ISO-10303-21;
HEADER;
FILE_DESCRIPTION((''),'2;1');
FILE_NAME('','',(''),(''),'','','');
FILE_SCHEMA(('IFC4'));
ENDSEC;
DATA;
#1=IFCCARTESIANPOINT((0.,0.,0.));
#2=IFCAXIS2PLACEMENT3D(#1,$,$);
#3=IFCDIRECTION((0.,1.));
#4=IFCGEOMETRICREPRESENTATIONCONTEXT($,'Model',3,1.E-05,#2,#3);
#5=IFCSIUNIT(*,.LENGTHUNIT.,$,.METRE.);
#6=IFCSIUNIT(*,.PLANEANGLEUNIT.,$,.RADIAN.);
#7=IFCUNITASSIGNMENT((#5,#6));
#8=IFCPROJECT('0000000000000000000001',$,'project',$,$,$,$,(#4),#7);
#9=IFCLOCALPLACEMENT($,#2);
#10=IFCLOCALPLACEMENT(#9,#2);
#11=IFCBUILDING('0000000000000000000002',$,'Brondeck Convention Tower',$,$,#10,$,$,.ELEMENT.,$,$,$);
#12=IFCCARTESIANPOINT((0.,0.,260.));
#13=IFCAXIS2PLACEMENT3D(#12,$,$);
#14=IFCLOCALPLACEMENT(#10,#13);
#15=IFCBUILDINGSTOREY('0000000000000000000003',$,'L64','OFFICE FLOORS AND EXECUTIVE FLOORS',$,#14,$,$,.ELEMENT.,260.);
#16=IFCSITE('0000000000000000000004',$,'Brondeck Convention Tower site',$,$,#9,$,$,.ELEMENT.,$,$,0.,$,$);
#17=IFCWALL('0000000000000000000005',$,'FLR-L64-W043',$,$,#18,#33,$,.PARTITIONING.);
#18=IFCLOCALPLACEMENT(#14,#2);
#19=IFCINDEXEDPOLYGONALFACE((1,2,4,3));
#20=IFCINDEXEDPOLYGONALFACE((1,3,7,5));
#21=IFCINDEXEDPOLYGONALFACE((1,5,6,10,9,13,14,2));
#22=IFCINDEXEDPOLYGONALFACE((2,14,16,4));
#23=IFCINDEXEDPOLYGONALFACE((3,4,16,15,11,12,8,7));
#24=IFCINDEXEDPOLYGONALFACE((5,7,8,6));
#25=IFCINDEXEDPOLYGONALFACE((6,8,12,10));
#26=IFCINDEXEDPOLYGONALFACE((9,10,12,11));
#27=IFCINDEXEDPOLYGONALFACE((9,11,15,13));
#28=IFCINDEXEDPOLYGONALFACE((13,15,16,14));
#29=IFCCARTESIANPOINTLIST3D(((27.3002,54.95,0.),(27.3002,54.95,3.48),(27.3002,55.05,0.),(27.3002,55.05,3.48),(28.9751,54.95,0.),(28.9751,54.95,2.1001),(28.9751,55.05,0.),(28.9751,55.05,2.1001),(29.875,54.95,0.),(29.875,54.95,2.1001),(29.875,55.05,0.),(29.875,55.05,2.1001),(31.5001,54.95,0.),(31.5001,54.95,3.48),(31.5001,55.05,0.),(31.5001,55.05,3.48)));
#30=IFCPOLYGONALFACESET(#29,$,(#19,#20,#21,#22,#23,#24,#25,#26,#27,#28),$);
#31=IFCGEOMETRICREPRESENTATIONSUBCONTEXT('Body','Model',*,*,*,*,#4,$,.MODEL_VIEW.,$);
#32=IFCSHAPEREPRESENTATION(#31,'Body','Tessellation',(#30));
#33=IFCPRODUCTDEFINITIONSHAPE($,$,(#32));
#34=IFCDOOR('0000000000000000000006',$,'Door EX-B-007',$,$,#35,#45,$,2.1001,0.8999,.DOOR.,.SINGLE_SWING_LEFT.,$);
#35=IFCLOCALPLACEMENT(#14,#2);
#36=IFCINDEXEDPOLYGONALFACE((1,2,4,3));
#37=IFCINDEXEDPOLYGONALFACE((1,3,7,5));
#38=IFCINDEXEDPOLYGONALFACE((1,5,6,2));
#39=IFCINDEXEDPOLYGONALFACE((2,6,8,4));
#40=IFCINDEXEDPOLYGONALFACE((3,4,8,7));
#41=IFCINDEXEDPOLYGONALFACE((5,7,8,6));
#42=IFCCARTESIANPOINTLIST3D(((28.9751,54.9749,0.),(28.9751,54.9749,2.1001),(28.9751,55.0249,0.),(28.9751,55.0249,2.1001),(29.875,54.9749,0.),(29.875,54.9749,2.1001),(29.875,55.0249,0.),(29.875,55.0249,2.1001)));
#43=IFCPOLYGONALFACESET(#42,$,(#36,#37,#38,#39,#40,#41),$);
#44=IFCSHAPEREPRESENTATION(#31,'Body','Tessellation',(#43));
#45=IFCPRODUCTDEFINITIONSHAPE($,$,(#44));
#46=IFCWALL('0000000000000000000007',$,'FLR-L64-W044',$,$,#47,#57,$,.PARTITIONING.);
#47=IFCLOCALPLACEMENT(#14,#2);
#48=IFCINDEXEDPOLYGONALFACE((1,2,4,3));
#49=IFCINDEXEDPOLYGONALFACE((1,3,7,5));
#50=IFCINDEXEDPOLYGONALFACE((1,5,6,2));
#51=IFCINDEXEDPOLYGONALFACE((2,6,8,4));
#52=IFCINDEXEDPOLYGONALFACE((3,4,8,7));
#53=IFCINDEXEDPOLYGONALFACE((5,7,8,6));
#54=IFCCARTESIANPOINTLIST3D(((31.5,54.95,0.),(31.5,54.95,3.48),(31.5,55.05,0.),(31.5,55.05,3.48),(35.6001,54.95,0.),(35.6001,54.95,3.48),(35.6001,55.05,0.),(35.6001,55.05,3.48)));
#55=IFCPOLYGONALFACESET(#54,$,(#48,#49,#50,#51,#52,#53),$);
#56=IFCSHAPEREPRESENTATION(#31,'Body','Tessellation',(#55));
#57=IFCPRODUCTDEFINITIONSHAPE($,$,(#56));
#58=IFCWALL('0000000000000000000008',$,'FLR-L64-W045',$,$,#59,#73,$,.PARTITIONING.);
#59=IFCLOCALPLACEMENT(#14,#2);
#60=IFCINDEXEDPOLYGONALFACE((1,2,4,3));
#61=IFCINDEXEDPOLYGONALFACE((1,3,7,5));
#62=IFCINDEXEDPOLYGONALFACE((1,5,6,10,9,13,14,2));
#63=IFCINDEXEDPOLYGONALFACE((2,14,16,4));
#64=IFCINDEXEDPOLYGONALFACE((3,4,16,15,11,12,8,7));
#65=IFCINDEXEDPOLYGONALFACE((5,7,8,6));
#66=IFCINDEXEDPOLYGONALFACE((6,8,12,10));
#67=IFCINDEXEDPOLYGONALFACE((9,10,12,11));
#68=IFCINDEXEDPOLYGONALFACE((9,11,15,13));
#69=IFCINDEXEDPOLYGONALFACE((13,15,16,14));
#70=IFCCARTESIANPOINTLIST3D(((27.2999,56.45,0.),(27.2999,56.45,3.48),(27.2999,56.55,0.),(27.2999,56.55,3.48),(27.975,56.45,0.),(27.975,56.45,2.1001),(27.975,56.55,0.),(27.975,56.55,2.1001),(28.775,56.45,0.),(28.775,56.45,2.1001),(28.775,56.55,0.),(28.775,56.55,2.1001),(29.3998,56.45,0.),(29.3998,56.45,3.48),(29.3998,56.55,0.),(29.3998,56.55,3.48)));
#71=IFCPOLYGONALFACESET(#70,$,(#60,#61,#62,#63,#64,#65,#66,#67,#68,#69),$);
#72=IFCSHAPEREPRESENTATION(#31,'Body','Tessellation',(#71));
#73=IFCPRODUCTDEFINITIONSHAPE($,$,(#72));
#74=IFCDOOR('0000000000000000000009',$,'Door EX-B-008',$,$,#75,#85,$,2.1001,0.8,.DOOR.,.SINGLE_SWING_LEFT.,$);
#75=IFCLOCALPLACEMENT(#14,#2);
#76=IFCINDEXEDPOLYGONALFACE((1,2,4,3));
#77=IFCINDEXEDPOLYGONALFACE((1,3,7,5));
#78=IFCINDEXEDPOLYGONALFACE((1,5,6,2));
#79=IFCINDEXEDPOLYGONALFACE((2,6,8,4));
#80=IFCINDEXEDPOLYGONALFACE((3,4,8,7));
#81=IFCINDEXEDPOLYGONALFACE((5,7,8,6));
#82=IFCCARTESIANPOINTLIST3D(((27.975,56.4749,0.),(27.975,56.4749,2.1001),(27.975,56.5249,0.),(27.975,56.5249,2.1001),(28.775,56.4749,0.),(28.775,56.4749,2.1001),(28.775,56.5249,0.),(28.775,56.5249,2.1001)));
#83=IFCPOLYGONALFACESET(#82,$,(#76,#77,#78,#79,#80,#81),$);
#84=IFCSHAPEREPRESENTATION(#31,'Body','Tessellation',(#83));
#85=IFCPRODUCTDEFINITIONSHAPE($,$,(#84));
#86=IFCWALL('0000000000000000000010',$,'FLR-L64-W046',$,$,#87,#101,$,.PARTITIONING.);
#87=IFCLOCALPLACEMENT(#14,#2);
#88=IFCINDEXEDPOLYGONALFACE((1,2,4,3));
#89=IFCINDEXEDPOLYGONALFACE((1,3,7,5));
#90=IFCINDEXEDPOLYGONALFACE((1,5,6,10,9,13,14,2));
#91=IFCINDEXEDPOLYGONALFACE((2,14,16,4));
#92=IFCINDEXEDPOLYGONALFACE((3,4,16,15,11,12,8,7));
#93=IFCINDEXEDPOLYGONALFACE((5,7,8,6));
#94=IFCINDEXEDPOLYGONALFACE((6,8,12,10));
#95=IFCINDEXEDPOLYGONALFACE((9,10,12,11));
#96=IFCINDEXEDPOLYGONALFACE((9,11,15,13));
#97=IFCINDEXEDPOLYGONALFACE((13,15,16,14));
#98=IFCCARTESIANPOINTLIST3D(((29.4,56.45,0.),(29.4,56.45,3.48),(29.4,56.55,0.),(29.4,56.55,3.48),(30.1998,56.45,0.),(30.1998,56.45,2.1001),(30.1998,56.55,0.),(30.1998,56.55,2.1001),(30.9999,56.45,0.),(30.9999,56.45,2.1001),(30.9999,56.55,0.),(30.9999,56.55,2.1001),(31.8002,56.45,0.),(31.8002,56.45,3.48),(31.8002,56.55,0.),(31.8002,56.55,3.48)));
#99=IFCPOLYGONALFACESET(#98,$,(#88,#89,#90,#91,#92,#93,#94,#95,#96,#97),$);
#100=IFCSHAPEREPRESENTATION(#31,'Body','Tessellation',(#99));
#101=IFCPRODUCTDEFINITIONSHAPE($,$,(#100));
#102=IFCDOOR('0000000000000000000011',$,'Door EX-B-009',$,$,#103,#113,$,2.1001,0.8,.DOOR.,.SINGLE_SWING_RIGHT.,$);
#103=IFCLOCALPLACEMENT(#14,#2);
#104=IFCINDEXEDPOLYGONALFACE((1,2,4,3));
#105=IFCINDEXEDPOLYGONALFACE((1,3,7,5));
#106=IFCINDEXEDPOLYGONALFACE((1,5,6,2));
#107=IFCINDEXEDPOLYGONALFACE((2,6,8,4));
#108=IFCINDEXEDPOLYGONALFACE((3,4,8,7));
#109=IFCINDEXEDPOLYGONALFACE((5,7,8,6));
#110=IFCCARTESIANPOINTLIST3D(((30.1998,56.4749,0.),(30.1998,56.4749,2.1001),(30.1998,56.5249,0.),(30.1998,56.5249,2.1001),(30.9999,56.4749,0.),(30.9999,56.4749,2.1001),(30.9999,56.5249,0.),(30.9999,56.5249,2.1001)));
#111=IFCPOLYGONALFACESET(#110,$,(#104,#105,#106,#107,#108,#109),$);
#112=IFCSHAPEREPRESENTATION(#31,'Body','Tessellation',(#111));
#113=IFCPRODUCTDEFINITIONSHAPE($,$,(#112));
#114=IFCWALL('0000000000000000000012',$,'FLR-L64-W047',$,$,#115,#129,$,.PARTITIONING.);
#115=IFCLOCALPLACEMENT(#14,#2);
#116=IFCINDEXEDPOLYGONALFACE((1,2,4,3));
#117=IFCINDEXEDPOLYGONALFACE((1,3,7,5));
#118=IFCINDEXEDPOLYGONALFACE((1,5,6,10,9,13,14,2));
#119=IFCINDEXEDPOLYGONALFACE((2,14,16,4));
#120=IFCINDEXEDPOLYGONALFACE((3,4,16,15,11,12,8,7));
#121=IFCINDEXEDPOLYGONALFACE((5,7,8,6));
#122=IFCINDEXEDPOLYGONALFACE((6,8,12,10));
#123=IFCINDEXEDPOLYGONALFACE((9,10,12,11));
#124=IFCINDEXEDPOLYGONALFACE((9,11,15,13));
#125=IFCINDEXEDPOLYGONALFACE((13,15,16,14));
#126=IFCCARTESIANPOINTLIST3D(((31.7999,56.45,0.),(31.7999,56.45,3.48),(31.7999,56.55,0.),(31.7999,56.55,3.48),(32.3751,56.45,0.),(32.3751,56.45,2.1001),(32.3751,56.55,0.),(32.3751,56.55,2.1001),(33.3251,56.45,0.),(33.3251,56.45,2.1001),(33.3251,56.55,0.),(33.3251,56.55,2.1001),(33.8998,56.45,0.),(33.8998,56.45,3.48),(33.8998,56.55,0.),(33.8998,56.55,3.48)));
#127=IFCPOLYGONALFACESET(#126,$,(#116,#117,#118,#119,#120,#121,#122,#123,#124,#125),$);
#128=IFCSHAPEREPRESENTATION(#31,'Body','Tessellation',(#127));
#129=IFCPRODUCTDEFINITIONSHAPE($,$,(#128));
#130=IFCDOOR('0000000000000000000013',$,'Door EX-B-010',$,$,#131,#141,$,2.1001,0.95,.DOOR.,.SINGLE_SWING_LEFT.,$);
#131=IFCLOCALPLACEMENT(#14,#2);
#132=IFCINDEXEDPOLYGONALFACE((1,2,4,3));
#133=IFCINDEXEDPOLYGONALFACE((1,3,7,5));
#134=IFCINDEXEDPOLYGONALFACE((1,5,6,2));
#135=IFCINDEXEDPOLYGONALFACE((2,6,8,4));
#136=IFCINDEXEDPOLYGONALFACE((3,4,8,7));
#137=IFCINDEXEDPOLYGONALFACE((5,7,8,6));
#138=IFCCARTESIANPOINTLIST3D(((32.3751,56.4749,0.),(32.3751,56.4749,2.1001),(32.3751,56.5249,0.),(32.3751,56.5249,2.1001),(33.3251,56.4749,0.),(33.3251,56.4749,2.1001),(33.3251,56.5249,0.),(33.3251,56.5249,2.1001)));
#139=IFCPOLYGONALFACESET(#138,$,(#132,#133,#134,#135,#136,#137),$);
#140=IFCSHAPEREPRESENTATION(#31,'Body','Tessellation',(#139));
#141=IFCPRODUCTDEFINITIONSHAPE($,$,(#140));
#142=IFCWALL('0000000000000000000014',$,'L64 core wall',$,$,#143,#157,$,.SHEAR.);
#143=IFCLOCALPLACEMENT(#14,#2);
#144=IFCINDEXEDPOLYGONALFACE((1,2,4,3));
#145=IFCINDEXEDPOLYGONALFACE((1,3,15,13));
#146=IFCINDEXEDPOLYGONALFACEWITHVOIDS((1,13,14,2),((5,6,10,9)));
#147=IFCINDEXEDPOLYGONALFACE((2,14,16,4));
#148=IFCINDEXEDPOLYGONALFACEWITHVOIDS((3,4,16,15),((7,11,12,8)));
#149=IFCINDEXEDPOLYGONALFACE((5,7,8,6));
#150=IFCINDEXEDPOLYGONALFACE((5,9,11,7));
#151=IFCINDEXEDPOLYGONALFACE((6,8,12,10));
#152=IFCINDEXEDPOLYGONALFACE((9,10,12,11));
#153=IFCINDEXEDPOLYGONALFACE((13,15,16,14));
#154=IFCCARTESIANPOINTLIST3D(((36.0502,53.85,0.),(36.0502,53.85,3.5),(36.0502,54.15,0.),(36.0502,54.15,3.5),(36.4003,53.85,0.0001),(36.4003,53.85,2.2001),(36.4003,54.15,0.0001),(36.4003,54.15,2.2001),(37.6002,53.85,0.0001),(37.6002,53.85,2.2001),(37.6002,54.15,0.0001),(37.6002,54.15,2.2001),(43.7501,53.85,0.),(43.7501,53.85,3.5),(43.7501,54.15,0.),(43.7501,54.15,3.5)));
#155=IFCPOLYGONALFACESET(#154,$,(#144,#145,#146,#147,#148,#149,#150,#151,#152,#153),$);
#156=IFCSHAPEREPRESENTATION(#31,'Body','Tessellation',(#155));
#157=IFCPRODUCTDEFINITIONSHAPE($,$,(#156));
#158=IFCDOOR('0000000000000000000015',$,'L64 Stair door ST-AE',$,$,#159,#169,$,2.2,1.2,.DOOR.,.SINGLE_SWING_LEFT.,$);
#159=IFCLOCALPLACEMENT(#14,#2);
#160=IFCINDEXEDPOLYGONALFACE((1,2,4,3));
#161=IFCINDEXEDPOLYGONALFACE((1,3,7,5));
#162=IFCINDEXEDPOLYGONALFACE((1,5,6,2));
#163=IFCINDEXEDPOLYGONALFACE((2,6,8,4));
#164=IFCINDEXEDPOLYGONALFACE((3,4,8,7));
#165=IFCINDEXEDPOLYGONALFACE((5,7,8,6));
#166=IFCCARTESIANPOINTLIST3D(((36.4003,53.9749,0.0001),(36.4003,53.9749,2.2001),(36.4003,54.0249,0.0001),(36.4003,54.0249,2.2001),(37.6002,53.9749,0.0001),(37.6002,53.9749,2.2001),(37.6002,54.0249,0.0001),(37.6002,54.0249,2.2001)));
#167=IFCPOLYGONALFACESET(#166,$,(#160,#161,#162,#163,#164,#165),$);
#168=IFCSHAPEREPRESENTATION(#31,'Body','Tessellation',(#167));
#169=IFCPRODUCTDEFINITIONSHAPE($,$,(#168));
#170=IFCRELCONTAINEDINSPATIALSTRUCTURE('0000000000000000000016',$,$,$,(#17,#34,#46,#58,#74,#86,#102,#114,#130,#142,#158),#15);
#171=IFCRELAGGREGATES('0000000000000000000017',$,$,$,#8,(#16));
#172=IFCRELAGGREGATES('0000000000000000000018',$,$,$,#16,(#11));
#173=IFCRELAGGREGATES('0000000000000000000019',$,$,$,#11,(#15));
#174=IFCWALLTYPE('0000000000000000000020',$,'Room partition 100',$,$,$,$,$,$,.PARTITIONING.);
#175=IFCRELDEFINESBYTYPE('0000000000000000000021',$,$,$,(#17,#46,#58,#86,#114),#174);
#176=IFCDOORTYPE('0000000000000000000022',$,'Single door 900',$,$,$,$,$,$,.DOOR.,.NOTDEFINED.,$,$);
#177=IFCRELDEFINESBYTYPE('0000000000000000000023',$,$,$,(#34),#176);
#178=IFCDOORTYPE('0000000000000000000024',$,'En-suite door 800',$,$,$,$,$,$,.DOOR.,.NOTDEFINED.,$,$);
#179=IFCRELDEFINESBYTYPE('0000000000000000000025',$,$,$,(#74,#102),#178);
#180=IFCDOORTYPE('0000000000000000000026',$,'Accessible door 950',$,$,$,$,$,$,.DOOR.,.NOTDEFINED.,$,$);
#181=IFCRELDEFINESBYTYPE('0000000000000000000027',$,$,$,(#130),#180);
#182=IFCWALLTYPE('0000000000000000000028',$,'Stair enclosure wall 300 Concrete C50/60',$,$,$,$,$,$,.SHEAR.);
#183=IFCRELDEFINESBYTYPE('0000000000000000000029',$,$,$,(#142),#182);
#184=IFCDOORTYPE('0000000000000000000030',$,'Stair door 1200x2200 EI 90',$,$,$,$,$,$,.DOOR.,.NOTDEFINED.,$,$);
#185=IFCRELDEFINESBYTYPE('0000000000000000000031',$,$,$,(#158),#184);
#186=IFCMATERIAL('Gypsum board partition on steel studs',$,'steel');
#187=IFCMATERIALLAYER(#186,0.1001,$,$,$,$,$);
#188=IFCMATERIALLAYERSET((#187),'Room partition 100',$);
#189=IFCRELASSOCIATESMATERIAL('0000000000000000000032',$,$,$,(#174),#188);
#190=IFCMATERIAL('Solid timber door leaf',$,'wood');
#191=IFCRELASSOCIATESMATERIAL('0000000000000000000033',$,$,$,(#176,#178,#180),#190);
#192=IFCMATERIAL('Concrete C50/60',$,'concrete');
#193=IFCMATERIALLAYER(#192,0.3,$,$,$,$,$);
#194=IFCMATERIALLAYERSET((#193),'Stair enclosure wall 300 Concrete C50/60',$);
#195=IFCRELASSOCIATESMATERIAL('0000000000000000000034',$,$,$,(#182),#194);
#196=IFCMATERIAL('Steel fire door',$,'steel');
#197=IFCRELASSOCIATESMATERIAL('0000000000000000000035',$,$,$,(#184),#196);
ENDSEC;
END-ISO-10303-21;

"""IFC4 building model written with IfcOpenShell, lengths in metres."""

from ifc_helpers import new_model, si_unit, direction, frame, frame_2d, origin, place, context, subcontext, project, spatial, rectangle, extrude, material, layer, layer_set, type_object, element, fill, save


model = new_model("IFC4")

# Units and contexts
model_context = context("Model", 3, precision=1e-05, world=origin(), true_north=direction((0.0, 1.0)))
body_context = subcontext(model_context, "Body", "Model", "MODEL_VIEW")
ifc_project = project(units=[si_unit("LENGTHUNIT", "METRE"), si_unit("PLANEANGLEUNIT", "RADIAN")], contexts=[model_context])

# Site, building, storey
site_placement = place(None, origin())
site = spatial("IfcSite", under=ifc_project, at=site_placement, Name="Brondeck Convention Tower site", CompositionType="ELEMENT", RefElevation=0.0)
building_placement = place(site_placement, origin())
building = spatial("IfcBuilding", under=site, at=building_placement, Name="Brondeck Convention Tower", CompositionType="ELEMENT")
storey_placement = place(building_placement, frame((0.0, 0.0, 260.0)))
storey = spatial("IfcBuildingStorey", under=building, at=storey_placement, Name="L64", Description="OFFICE FLOORS AND EXECUTIVE FLOORS", CompositionType="ELEMENT", Elevation=260.0)

# Shared definitions
ifc_material_1 = material(Name="Concrete C50/60", Category="concrete")

# Shared definitions
ifc_material_2 = material(Name="Gypsum board partition on steel studs", Category="steel")
ifc_layer_1 = layer(ifc_material_2, 0.1001)
ifc_layer_set_1 = layer_set([ifc_layer_1], Name="Room partition 100")
wall_type_1 = type_object("IfcWallType", Name="Room partition 100", PredefinedType="PARTITIONING", material=ifc_layer_set_1)

# Wall, opening, door
ifc_material_3 = material(Name="Solid timber door leaf", Category="wood")
door_type_1 = type_object("IfcDoorType", Name="Single door 900", OperationType="NOTDEFINED", PredefinedType="DOOR", material=ifc_material_3)
wall_1_placement = place(storey_placement, frame((27.3, 55.0, 0.0), z_axis=(0.0, 0.0, 1.0), x_axis=(1.0, 0.0, 0.0)))
wall_1 = element("IfcWall", 1, at=wall_1_placement, inside=storey, type_object=wall_type_1, Name="FLR-L64-W043", PredefinedType="PARTITIONING", context=body_context, shape_type="SweptSolid", body=[
    extrude(rectangle(XDim=4.2, YDim=0.1001, at=frame_2d((2.1001, 0.0))), origin(), (0.0, 0.0, 1.0), 3.48),
])
opening_1_placement = place(wall_1_placement, frame((1.675, 0.0, 0.0)))
opening_1 = element("IfcOpeningElement", 2, at=opening_1_placement, cuts=wall_1, PredefinedType="OPENING", context=body_context, shape_type="SweptSolid", body=[
    extrude(rectangle(XDim=0.8999, YDim=2.1001, at=frame_2d((0.45, 1.05))), frame((0.0, 0.0601, 0.0), z_axis=(0.0, -1.0, 0.0), x_axis=(1.0, 0.0, 0.0)), (0.0, 0.0, 1.0), 0.1201),
])
door_1_placement = place(opening_1_placement, origin())
door_1 = element("IfcDoor", 3, at=door_1_placement, inside=storey, type_object=door_type_1, Name="Door EX-B-007", OperationType="SINGLE_SWING_LEFT", OverallHeight=2.1001, OverallWidth=0.8999, PredefinedType="DOOR", context=body_context, shape_type="SweptSolid", body=[
    extrude(rectangle(XDim=0.8999, YDim=2.1001, at=frame_2d((0.45, 1.05))), frame((0.0, 0.0249, 0.0), z_axis=(0.0, -1.0, 0.0), x_axis=(1.0, 0.0, 0.0)), (0.0, 0.0, 1.0), 0.05),
])
fill(opening_1, door_1)

# Wall
wall_2_placement = place(storey_placement, frame((35.6001, 55.0, 0.0), z_axis=(0.0, 0.0, 1.0), x_axis=(-1.0, 0.0, 0.0)))
element("IfcWall", 4, at=wall_2_placement, inside=storey, type_object=wall_type_1, Name="FLR-L64-W044", PredefinedType="PARTITIONING", context=body_context, shape_type="SweptSolid", body=[
    extrude(rectangle(XDim=4.1001, YDim=0.1001, at=frame_2d((2.05, 0.0))), origin(), (0.0, 0.0, 1.0), 3.48),
])

# Walls, openings, doors
wall_3_placement = place(storey_placement, frame((27.3, 56.5, 0.0), z_axis=(0.0, 0.0, 1.0), x_axis=(1.0, 0.0, 0.0)))
wall_3 = element("IfcWall", 5, at=wall_3_placement, inside=storey, type_object=wall_type_1, Name="FLR-L64-W045", PredefinedType="PARTITIONING", context=body_context, shape_type="SweptSolid", body=[
    extrude(rectangle(XDim=2.0999, YDim=0.1001, at=frame_2d((1.0498, 0.0))), origin(), (0.0, 0.0, 1.0), 3.48),
])
opening_2_placement = place(wall_3_placement, frame((0.675, 0.0, 0.0)))
opening_2 = element("IfcOpeningElement", 6, at=opening_2_placement, cuts=wall_3, PredefinedType="OPENING", context=body_context, shape_type="SweptSolid", body=[
    extrude(rectangle(XDim=0.8, YDim=2.1001, at=frame_2d((0.3999, 1.05))), frame((0.0, 0.0601, 0.0), z_axis=(0.0, -1.0, 0.0), x_axis=(1.0, 0.0, 0.0)), (0.0, 0.0, 1.0), 0.1201),
])
door_type_2 = type_object("IfcDoorType", Name="En-suite door 800", OperationType="NOTDEFINED", PredefinedType="DOOR", material=ifc_material_3)
door_2_placement = place(opening_2_placement, origin())
door_2 = element("IfcDoor", 7, at=door_2_placement, inside=storey, type_object=door_type_2, Name="Door EX-B-008", OperationType="SINGLE_SWING_LEFT", OverallHeight=2.1001, OverallWidth=0.8, PredefinedType="DOOR", context=body_context, shape_type="SweptSolid", body=[
    extrude(rectangle(XDim=0.8, YDim=2.1001, at=frame_2d((0.3999, 1.05))), frame((0.0, 0.0249, 0.0), z_axis=(0.0, -1.0, 0.0), x_axis=(1.0, 0.0, 0.0)), (0.0, 0.0, 1.0), 0.05),
])
fill(opening_2, door_2)
wall_4_placement = place(storey_placement, frame((29.3999, 56.5, 0.0), z_axis=(0.0, 0.0, 1.0), x_axis=(1.0, 0.0, 0.0)))
wall_4 = element("IfcWall", 8, at=wall_4_placement, inside=storey, type_object=wall_type_1, Name="FLR-L64-W046", PredefinedType="PARTITIONING", context=body_context, shape_type="SweptSolid", body=[
    extrude(rectangle(XDim=2.4001, YDim=0.1001, at=frame_2d((1.2002, 0.0))), origin(), (0.0, 0.0, 1.0), 3.48),
])
opening_3_placement = place(wall_4_placement, frame((0.8, 0.0, 0.0)))
opening_3 = element("IfcOpeningElement", 9, at=opening_3_placement, cuts=wall_4, PredefinedType="OPENING", context=body_context, shape_type="SweptSolid", body=[
    extrude(rectangle(XDim=0.8, YDim=2.1001, at=frame_2d((0.3999, 1.05))), frame((0.0, 0.0601, 0.0), z_axis=(0.0, -1.0, 0.0), x_axis=(1.0, 0.0, 0.0)), (0.0, 0.0, 1.0), 0.1201),
])
door_3_placement = place(opening_3_placement, origin())
door_3 = element("IfcDoor", 10, at=door_3_placement, inside=storey, type_object=door_type_2, Name="Door EX-B-009", OperationType="SINGLE_SWING_RIGHT", OverallHeight=2.1001, OverallWidth=0.8, PredefinedType="DOOR", context=body_context, shape_type="SweptSolid", body=[
    extrude(rectangle(XDim=0.8, YDim=2.1001, at=frame_2d((0.3999, 1.05))), frame((0.0, 0.0249, 0.0), z_axis=(0.0, -1.0, 0.0), x_axis=(1.0, 0.0, 0.0)), (0.0, 0.0, 1.0), 0.05),
])
fill(opening_3, door_3)
wall_5_placement = place(storey_placement, frame((31.8, 56.5, 0.0), z_axis=(0.0, 0.0, 1.0), x_axis=(1.0, 0.0, 0.0)))
wall_5 = element("IfcWall", 11, at=wall_5_placement, inside=storey, type_object=wall_type_1, Name="FLR-L64-W047", PredefinedType="PARTITIONING", context=body_context, shape_type="SweptSolid", body=[
    extrude(rectangle(XDim=2.0999, YDim=0.1001, at=frame_2d((1.0498, 0.0))), origin(), (0.0, 0.0, 1.0), 3.48),
])
opening_4_placement = place(wall_5_placement, frame((0.575, 0.0, 0.0)))
opening_4 = element("IfcOpeningElement", 12, at=opening_4_placement, cuts=wall_5, PredefinedType="OPENING", context=body_context, shape_type="SweptSolid", body=[
    extrude(rectangle(XDim=0.95, YDim=2.1001, at=frame_2d((0.4751, 1.05))), frame((0.0, 0.0601, 0.0), z_axis=(0.0, -1.0, 0.0), x_axis=(1.0, 0.0, 0.0)), (0.0, 0.0, 1.0), 0.1201),
])
door_type_3 = type_object("IfcDoorType", Name="Accessible door 950", OperationType="NOTDEFINED", PredefinedType="DOOR", material=ifc_material_3)
door_4_placement = place(opening_4_placement, origin())
door_4 = element("IfcDoor", 13, at=door_4_placement, inside=storey, type_object=door_type_3, Name="Door EX-B-010", OperationType="SINGLE_SWING_LEFT", OverallHeight=2.1001, OverallWidth=0.95, PredefinedType="DOOR", context=body_context, shape_type="SweptSolid", body=[
    extrude(rectangle(XDim=0.95, YDim=2.1001, at=frame_2d((0.4751, 1.05))), frame((0.0, 0.0249, 0.0), z_axis=(0.0, -1.0, 0.0), x_axis=(1.0, 0.0, 0.0)), (0.0, 0.0, 1.0), 0.05),
])
fill(opening_4, door_4)
ifc_layer_2 = layer(ifc_material_1, 0.3)
ifc_layer_set_2 = layer_set([ifc_layer_2], Name="Stair enclosure wall 300 Concrete C50/60")
wall_type_2 = type_object("IfcWallType", Name="Stair enclosure wall 300 Concrete C50/60", PredefinedType="SHEAR", material=ifc_layer_set_2)
wall_6_placement = place(storey_placement, frame((36.05, 54.0, 0.0), z_axis=(0.0, 0.0, 1.0), x_axis=(1.0, 0.0, 0.0)))
wall_6 = element("IfcWall", 14, at=wall_6_placement, inside=storey, type_object=wall_type_2, Name="L64 core wall", PredefinedType="SHEAR", context=body_context, shape_type="SweptSolid", body=[
    extrude(rectangle(XDim=7.7, YDim=0.3, at=frame_2d((3.8501, 0.0))), origin(), (0.0, 0.0, 1.0), 3.5),
])
opening_5_placement = place(wall_6_placement, frame((0.3501, 0.0, 0.0)))
opening_5 = element("IfcOpeningElement", 15, at=opening_5_placement, cuts=wall_6, PredefinedType="OPENING", context=body_context, shape_type="SweptSolid", body=[
    extrude(rectangle(XDim=1.2, YDim=2.2, at=frame_2d((0.6001, 1.1001))), frame((0.0, 0.1599, 0.0), z_axis=(0.0, -1.0, 0.0), x_axis=(1.0, 0.0, 0.0)), (0.0, 0.0, 1.0), 0.3201),
])
ifc_material_4 = material(Name="Steel fire door", Category="steel")
door_type_4 = type_object("IfcDoorType", Name="Stair door 1200x2200 EI 90", OperationType="NOTDEFINED", PredefinedType="DOOR", material=ifc_material_4)
door_5_placement = place(opening_5_placement, origin())
door_5 = element("IfcDoor", 16, at=door_5_placement, inside=storey, type_object=door_type_4, Name="L64 Stair door ST-AE", OperationType="SINGLE_SWING_LEFT", OverallHeight=2.2, OverallWidth=1.2, PredefinedType="DOOR", context=body_context, shape_type="SweptSolid", body=[
    extrude(rectangle(XDim=1.2, YDim=2.2, at=frame_2d((0.6001, 1.1001))), frame((0.0, 0.0249, 0.0), z_axis=(0.0, -1.0, 0.0), x_axis=(1.0, 0.0, 0.0)), (0.0, 0.0, 1.0), 0.05),
])
fill(opening_5, door_5)

save(model, "model.ifc")
